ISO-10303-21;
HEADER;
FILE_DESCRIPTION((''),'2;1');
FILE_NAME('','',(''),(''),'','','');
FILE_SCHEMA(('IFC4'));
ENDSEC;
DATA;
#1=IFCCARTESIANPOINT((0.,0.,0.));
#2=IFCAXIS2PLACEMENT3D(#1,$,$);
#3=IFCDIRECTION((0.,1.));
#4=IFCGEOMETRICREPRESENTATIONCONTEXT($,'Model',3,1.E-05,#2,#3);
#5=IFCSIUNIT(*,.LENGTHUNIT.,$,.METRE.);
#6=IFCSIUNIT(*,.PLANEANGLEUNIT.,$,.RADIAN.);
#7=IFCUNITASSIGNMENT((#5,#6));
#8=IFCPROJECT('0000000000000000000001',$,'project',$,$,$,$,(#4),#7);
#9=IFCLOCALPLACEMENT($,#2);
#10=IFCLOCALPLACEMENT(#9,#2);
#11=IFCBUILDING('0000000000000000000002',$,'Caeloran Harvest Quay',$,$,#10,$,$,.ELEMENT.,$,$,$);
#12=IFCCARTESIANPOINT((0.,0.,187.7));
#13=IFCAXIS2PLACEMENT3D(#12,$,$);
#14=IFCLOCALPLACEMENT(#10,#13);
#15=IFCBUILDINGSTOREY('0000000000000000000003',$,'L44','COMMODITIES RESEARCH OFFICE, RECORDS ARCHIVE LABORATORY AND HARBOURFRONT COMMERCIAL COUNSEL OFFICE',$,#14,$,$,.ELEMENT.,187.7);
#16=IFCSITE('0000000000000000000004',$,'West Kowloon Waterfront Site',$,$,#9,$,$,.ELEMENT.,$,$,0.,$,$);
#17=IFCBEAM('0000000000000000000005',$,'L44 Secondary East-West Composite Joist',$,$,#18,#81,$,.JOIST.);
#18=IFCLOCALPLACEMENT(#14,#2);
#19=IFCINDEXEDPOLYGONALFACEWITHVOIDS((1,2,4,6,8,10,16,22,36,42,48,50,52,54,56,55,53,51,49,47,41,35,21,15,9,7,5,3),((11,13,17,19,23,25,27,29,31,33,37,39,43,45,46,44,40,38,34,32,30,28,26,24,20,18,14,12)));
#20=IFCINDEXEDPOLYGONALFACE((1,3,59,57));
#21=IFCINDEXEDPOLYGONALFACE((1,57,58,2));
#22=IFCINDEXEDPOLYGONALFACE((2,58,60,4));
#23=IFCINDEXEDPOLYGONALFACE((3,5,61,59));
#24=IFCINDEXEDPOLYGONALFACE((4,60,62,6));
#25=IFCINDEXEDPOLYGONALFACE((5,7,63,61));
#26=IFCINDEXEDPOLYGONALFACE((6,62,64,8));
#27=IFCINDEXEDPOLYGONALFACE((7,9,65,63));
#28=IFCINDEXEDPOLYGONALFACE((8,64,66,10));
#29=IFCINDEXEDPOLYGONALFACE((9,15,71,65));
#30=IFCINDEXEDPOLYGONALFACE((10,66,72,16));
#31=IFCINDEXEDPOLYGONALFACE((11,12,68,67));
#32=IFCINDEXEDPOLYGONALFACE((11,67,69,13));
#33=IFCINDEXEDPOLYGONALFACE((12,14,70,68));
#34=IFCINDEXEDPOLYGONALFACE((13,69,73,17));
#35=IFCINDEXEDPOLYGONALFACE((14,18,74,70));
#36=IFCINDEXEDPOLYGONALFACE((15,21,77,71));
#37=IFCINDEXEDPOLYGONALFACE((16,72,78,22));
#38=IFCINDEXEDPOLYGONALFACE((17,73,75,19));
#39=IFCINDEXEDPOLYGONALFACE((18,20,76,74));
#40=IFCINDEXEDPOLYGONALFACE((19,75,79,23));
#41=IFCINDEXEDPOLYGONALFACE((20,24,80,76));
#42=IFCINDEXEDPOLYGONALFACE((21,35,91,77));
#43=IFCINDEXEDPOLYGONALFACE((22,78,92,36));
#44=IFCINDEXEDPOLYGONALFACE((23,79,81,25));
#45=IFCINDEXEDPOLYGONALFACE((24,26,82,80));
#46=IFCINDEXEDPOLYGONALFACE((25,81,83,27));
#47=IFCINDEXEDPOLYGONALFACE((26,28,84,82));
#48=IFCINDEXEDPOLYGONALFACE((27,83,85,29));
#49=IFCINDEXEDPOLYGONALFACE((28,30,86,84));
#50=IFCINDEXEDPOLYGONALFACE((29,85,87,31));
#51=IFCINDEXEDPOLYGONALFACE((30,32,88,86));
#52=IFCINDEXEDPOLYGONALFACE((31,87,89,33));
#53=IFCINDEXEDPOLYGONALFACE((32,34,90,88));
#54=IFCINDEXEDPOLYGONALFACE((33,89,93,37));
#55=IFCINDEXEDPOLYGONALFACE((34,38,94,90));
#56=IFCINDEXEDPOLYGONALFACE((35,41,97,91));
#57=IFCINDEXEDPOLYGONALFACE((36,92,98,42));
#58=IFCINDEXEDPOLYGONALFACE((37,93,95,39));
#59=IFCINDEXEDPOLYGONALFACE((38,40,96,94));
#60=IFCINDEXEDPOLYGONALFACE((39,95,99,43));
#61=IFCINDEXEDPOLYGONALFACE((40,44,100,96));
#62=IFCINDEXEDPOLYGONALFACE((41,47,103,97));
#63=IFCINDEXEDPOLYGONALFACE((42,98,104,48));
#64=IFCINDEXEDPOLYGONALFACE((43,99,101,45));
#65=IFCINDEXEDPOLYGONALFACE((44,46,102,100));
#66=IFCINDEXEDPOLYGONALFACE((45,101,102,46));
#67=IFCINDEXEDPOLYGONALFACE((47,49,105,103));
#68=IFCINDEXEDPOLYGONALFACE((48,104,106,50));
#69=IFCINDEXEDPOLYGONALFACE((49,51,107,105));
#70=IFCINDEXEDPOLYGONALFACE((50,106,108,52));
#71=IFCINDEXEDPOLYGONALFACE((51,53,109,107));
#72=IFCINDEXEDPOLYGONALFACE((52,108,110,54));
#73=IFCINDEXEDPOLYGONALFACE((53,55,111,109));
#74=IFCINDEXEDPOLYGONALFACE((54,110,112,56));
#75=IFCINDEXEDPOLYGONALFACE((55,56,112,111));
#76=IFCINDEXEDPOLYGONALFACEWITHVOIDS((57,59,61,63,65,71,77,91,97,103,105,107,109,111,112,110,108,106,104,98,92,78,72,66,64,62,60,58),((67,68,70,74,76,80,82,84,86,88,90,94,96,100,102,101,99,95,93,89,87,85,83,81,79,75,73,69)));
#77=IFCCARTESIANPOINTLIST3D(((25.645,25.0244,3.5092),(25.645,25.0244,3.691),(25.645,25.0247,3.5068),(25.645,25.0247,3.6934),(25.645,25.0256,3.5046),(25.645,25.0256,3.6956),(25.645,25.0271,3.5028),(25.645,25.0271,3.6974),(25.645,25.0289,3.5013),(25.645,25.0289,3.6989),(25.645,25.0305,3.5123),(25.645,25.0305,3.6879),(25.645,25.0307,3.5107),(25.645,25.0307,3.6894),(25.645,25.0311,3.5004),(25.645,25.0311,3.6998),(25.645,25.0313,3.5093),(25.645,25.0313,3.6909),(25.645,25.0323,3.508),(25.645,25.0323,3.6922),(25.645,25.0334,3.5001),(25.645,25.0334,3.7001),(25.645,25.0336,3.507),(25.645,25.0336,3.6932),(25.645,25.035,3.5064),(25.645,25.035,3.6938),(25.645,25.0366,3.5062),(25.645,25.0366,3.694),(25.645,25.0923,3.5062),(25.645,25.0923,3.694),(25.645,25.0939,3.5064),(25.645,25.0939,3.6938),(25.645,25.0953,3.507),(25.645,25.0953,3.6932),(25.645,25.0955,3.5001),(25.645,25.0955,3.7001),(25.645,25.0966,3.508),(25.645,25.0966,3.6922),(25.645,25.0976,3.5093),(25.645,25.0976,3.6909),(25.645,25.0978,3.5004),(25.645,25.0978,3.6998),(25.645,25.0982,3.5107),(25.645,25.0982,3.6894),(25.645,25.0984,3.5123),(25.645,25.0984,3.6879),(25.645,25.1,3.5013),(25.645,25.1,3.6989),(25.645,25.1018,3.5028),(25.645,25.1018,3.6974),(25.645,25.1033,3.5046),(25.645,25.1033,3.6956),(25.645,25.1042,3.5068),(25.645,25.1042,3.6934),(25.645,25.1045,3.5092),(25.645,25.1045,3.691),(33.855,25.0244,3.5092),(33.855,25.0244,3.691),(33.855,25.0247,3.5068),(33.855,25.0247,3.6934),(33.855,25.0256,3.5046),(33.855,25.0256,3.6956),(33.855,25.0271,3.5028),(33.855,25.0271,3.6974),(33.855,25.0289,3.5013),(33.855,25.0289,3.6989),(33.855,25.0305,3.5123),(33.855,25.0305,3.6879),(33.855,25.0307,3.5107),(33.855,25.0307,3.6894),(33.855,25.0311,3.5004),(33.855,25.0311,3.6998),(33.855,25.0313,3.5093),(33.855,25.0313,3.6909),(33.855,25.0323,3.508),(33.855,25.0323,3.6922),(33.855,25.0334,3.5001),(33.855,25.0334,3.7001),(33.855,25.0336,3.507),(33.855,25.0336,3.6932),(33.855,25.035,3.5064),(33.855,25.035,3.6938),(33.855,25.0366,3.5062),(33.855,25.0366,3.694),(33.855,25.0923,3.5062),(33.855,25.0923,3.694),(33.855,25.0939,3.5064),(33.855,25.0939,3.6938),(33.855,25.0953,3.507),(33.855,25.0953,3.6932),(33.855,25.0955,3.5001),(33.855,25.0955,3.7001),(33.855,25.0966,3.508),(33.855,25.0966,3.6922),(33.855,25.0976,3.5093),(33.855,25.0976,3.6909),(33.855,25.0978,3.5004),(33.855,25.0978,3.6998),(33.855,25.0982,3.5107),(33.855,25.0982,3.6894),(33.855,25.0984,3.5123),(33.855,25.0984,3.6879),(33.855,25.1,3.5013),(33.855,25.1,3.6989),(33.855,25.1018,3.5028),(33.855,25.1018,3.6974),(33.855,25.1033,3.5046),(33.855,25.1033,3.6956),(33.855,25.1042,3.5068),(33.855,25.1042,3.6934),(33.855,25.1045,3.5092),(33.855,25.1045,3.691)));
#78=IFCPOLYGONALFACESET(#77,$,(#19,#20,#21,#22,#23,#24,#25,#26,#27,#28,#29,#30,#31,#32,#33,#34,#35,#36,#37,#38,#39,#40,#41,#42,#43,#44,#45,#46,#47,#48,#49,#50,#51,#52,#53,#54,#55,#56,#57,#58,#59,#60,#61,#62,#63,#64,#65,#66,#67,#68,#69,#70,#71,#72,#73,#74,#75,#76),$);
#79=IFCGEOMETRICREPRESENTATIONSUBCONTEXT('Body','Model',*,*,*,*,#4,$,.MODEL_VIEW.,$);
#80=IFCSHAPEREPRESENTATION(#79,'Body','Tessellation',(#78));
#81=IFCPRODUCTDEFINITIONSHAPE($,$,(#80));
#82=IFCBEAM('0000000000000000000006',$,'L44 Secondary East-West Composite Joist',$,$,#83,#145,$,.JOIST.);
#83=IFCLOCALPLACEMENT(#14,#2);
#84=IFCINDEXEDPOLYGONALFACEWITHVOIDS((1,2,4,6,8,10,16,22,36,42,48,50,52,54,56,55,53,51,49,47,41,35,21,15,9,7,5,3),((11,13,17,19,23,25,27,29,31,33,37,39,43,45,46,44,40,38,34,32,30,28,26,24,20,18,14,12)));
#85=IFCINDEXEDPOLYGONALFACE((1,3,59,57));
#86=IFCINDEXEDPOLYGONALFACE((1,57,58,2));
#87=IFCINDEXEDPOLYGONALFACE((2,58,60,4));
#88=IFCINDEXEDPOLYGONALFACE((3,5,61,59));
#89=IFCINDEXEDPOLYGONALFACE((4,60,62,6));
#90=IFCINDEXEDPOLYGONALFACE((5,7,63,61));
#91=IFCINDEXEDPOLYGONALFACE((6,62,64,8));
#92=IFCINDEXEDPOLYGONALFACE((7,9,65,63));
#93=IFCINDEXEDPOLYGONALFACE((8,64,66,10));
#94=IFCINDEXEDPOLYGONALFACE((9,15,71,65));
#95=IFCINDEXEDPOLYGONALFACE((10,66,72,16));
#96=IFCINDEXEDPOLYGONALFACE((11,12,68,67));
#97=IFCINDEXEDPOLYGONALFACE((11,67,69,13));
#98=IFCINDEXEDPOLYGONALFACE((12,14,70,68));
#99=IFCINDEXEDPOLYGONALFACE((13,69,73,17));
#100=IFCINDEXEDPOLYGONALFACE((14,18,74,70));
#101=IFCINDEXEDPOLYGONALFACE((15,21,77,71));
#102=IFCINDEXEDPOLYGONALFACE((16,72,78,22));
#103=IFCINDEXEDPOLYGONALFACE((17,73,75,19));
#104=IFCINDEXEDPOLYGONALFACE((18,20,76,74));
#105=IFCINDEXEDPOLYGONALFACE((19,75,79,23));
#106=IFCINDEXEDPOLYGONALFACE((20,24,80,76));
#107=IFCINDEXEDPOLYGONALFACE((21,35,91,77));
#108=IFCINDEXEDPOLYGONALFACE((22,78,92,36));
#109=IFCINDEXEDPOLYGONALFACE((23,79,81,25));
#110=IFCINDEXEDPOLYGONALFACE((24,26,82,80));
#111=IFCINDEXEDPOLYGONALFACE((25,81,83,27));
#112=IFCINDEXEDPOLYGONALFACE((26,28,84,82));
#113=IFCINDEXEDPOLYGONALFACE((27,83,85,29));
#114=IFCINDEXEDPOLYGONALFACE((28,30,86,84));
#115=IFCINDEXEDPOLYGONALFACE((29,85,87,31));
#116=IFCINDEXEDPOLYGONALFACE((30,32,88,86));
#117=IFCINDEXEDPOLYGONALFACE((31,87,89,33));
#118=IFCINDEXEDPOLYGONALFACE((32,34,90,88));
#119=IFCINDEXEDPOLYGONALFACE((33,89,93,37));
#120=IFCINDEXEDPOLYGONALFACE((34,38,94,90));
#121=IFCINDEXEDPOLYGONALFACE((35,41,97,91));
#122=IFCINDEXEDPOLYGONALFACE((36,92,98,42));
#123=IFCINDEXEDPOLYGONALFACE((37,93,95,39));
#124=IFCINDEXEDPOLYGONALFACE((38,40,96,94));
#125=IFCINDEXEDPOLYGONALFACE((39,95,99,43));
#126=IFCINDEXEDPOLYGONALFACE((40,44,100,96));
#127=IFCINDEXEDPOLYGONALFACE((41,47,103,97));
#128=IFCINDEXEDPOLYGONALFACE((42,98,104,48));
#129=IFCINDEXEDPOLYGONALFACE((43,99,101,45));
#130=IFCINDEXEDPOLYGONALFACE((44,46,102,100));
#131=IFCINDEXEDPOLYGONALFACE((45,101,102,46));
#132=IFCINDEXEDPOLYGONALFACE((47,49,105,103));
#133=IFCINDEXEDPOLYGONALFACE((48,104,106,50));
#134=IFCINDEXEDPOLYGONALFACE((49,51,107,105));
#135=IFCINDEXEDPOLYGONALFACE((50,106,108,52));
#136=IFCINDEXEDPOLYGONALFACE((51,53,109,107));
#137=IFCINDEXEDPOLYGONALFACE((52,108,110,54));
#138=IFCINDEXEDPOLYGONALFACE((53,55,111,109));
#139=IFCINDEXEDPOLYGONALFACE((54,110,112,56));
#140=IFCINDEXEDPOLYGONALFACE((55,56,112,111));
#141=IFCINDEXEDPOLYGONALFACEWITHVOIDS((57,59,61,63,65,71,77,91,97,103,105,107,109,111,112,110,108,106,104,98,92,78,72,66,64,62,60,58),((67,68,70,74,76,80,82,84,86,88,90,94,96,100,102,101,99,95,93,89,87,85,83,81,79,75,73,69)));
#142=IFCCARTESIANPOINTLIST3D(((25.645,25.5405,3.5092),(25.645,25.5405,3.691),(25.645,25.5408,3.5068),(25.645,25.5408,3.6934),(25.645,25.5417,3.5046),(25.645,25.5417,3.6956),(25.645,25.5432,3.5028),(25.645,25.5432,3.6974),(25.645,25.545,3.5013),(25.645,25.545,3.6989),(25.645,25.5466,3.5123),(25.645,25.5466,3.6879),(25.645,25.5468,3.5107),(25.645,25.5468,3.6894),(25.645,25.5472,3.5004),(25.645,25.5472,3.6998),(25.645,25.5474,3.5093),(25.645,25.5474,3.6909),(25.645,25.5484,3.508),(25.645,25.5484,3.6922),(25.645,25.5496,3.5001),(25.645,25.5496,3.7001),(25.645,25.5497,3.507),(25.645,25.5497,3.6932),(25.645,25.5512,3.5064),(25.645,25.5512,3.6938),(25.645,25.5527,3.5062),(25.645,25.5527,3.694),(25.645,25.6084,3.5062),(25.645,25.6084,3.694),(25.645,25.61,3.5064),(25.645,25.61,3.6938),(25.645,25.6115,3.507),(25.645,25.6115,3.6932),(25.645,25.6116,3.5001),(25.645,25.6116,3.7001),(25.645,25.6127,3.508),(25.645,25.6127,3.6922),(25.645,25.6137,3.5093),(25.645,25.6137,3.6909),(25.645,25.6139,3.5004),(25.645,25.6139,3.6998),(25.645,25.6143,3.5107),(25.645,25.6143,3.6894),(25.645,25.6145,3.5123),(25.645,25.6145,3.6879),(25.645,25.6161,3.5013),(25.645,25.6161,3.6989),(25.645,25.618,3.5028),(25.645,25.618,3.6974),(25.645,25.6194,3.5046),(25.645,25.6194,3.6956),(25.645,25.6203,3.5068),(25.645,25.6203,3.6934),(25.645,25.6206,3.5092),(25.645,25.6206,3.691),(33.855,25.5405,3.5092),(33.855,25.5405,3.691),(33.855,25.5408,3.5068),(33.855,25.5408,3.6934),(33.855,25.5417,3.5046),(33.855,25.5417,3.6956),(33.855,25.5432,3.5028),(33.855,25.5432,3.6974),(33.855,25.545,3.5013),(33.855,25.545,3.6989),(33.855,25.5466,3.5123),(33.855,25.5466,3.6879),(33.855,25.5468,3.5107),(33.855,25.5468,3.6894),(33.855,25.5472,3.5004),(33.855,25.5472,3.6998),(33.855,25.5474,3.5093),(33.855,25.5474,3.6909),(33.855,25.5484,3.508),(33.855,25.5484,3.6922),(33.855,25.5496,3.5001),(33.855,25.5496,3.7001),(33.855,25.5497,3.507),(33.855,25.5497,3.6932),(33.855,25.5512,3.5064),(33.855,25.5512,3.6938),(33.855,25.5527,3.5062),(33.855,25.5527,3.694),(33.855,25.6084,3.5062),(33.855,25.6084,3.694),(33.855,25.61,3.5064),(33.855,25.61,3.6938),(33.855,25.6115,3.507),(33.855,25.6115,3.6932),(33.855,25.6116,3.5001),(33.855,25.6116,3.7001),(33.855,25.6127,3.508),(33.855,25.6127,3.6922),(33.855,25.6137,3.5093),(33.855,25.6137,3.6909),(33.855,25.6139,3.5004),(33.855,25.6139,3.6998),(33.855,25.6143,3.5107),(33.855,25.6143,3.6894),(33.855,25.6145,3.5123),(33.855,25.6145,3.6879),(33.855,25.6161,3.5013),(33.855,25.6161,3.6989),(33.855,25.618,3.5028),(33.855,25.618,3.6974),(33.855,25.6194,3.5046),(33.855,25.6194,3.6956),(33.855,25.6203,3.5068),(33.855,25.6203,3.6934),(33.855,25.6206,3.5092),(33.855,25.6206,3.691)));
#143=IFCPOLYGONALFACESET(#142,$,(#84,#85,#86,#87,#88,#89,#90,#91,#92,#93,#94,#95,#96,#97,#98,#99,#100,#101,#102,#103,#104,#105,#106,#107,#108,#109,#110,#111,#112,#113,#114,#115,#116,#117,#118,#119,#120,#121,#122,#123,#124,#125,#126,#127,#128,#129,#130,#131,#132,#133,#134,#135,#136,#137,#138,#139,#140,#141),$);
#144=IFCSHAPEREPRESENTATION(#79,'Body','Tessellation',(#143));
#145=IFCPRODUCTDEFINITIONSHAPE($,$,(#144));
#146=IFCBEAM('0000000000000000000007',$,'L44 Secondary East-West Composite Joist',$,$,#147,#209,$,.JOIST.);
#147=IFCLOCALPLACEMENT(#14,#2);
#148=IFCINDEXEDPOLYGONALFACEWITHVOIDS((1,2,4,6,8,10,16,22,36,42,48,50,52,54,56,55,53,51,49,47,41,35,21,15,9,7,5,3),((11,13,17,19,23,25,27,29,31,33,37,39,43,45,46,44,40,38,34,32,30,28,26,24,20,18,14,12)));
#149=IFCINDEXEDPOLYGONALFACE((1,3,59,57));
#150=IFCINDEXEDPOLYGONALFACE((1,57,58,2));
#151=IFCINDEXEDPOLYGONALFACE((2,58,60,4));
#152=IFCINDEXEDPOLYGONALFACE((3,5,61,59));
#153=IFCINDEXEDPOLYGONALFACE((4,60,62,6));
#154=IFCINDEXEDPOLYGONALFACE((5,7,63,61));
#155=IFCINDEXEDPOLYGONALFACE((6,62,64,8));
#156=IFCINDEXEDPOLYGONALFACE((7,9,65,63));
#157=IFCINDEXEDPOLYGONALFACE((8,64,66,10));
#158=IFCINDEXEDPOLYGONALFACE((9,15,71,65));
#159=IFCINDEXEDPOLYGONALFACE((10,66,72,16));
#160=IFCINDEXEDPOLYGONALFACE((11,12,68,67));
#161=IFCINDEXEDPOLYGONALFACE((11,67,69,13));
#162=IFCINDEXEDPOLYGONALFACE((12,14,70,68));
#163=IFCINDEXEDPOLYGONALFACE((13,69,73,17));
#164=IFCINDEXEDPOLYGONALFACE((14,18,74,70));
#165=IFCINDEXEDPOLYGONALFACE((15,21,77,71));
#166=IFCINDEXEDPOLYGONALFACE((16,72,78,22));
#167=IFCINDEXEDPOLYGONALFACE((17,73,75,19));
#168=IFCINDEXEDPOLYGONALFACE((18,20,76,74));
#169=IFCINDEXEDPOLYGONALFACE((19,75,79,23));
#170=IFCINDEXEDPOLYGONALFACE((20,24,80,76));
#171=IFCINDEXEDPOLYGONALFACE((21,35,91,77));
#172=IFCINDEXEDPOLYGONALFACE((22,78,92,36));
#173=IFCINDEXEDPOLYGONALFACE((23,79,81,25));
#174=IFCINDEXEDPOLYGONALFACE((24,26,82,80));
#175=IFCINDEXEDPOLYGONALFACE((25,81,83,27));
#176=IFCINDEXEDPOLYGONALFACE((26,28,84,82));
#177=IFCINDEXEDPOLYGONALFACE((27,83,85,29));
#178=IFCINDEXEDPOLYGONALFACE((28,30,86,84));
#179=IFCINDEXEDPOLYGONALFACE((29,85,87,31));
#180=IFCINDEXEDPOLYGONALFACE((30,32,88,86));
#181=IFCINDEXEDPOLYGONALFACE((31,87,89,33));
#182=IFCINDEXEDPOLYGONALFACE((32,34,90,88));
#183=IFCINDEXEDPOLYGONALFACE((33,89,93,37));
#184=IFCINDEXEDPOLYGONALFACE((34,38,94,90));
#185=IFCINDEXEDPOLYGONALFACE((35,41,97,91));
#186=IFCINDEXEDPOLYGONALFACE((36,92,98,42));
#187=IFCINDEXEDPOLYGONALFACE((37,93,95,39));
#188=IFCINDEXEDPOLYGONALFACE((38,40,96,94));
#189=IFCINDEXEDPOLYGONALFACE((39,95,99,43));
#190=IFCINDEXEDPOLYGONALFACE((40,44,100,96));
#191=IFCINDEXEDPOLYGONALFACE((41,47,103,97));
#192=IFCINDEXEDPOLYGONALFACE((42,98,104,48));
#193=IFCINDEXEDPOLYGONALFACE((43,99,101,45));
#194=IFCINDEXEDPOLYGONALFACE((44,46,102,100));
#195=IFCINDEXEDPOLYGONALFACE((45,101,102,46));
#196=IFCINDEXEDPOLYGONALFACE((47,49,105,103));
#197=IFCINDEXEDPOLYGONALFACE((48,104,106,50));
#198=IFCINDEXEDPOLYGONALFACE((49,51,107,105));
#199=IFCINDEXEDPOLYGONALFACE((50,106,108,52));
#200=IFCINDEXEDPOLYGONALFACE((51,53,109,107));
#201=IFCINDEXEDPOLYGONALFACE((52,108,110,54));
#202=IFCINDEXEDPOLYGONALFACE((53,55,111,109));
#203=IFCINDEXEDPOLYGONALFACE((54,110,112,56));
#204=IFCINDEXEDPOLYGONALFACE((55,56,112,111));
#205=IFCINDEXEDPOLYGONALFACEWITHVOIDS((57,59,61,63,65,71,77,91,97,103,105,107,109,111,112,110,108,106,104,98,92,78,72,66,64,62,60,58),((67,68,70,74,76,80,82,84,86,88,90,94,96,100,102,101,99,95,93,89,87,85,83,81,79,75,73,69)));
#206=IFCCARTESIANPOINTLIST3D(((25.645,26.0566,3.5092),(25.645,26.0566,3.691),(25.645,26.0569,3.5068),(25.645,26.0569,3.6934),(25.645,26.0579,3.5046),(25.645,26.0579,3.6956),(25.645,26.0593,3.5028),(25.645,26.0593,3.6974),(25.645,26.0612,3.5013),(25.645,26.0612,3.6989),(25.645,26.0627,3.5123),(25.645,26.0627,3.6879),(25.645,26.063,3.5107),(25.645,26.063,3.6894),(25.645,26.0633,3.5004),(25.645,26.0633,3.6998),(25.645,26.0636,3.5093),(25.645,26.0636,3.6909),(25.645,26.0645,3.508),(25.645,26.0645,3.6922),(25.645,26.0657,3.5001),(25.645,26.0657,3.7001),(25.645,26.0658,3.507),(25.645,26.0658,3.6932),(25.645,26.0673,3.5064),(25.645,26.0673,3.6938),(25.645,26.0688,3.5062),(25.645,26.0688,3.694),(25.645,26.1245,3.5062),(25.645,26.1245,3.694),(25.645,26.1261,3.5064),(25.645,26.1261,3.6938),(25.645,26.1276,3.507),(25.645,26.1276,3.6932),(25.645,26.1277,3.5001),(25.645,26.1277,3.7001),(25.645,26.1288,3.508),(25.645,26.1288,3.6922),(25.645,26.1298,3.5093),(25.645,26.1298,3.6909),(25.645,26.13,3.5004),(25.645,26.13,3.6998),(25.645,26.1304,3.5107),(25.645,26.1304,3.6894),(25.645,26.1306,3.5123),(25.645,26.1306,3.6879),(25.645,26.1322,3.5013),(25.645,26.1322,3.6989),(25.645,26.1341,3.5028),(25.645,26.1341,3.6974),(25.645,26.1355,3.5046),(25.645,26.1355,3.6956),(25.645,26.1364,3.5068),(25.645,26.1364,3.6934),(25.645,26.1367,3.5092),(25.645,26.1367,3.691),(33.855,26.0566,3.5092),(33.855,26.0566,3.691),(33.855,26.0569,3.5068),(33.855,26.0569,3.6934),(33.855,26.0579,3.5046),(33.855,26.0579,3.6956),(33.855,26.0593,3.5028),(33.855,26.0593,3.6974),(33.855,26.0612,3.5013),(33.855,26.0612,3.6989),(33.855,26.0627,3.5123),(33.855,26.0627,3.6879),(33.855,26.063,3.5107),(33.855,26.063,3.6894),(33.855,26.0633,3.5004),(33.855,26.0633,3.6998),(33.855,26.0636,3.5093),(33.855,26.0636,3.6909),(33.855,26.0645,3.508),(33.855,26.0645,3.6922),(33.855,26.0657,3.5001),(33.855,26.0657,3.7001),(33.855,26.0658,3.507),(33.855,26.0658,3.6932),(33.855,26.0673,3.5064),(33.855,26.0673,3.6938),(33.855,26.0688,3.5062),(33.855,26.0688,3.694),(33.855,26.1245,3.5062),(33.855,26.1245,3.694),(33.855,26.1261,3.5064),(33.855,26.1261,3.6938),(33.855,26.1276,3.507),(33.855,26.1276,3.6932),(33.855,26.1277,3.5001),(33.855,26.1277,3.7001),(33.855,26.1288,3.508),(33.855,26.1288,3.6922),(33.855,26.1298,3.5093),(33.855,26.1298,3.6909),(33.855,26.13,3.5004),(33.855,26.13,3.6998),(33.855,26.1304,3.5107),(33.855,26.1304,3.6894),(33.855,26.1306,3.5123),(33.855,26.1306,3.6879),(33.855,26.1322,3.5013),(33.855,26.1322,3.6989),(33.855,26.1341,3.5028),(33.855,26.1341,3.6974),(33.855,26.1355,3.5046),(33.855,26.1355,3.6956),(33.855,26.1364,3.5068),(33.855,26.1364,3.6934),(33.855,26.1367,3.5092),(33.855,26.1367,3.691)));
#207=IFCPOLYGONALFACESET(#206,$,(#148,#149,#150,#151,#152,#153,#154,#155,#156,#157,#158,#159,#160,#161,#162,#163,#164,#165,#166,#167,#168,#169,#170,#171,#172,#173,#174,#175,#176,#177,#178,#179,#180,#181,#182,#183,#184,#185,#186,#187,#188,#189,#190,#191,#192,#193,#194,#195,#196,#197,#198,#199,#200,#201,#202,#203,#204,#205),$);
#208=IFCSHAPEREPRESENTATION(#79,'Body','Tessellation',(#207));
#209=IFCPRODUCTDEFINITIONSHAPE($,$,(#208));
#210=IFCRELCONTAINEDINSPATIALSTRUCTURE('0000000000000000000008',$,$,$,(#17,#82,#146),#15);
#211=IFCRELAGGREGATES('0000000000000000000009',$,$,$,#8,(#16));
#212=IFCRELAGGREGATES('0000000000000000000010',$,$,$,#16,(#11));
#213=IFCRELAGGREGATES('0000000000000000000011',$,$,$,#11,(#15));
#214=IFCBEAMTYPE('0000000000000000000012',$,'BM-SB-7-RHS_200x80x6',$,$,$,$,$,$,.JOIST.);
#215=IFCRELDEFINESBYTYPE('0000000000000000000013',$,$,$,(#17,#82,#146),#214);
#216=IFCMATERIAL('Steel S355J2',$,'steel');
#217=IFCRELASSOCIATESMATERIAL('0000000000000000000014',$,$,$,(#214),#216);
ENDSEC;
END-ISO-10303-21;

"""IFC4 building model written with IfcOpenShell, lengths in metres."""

from ifc_helpers import new_model, si_unit, direction, frame, origin, origin_2d, place, context, subcontext, project, spatial, hollow_rectangle, extrude, material, material_profile, profile_set, type_object, element, save


model = new_model("IFC4")

# Units and contexts
model_context = context("Model", 3, precision=1e-05, world=origin(), true_north=direction((0.0, 1.0)))
body_context = subcontext(model_context, "Body", "Model", "MODEL_VIEW")
ifc_project = project(units=[si_unit("LENGTHUNIT", "METRE"), si_unit("PLANEANGLEUNIT", "RADIAN")], contexts=[model_context])

# Site, building, storey
site_placement = place(None, origin())
site = spatial("IfcSite", under=ifc_project, at=site_placement, Name="West Kowloon Waterfront Site", CompositionType="ELEMENT", RefElevation=0.0)
building_placement = place(site_placement, origin())
building = spatial("IfcBuilding", under=site, at=building_placement, Name="Caeloran Harvest Quay", CompositionType="ELEMENT")
storey_placement = place(building_placement, frame((0.0, 0.0, 187.7)))
storey = spatial("IfcBuildingStorey", under=building, at=storey_placement, Name="L44", Description="COMMODITIES RESEARCH OFFICE, RECORDS ARCHIVE LABORATORY AND HARBOURFRONT COMMERCIAL COUNSEL OFFICE", CompositionType="ELEMENT", Elevation=187.7)

# Beams
ifc_material_1 = material(Name="Steel S355J2", Category="steel")
ifc_material_profile_1 = material_profile(ifc_material_1, hollow_rectangle(XDim=0.0801, YDim=0.2, WallThickness=0.0061, InnerFilletRadius=0.0061, OuterFilletRadius=0.009, at=origin_2d()), Name="RHS 200x80x6")
ifc_profile_set_1 = profile_set([ifc_material_profile_1], Name="Steel S355J2")
beam_type_1 = type_object("IfcBeamType", Name="BM-SB-7-RHS_200x80x6", PredefinedType="JOIST", material=ifc_profile_set_1)
for number, where, z_axis, x_axis, name in (
    (1, (25.645, 25.0645, 3.6001), (1.0, 0.0, 0.0), (0.0, 1.0, 0.0), "L44 Secondary East-West Composite Joist"),
    (2, (25.645, 25.5806, 3.6001), (1.0, 0.0, 0.0), (0.0, 1.0, 0.0), "L44 Secondary East-West Composite Joist"),
    (3, (25.645, 26.0967, 3.6001), (1.0, 0.0, 0.0), (0.0, 1.0, 0.0), "L44 Secondary East-West Composite Joist"),
):
    element("IfcBeam", number, at=place(storey_placement, frame(where, z_axis=z_axis, x_axis=x_axis)), inside=storey, type_object=beam_type_1, Name=name, PredefinedType="JOIST", context=body_context, shape_type="SweptSolid", body=[
        extrude(hollow_rectangle(XDim=0.0801, YDim=0.2, WallThickness=0.0061, InnerFilletRadius=0.0061, OuterFilletRadius=0.009, at=origin_2d()), origin(), (0.0, 0.0, 1.0), 8.21),
    ])

save(model, "model.ifc")
